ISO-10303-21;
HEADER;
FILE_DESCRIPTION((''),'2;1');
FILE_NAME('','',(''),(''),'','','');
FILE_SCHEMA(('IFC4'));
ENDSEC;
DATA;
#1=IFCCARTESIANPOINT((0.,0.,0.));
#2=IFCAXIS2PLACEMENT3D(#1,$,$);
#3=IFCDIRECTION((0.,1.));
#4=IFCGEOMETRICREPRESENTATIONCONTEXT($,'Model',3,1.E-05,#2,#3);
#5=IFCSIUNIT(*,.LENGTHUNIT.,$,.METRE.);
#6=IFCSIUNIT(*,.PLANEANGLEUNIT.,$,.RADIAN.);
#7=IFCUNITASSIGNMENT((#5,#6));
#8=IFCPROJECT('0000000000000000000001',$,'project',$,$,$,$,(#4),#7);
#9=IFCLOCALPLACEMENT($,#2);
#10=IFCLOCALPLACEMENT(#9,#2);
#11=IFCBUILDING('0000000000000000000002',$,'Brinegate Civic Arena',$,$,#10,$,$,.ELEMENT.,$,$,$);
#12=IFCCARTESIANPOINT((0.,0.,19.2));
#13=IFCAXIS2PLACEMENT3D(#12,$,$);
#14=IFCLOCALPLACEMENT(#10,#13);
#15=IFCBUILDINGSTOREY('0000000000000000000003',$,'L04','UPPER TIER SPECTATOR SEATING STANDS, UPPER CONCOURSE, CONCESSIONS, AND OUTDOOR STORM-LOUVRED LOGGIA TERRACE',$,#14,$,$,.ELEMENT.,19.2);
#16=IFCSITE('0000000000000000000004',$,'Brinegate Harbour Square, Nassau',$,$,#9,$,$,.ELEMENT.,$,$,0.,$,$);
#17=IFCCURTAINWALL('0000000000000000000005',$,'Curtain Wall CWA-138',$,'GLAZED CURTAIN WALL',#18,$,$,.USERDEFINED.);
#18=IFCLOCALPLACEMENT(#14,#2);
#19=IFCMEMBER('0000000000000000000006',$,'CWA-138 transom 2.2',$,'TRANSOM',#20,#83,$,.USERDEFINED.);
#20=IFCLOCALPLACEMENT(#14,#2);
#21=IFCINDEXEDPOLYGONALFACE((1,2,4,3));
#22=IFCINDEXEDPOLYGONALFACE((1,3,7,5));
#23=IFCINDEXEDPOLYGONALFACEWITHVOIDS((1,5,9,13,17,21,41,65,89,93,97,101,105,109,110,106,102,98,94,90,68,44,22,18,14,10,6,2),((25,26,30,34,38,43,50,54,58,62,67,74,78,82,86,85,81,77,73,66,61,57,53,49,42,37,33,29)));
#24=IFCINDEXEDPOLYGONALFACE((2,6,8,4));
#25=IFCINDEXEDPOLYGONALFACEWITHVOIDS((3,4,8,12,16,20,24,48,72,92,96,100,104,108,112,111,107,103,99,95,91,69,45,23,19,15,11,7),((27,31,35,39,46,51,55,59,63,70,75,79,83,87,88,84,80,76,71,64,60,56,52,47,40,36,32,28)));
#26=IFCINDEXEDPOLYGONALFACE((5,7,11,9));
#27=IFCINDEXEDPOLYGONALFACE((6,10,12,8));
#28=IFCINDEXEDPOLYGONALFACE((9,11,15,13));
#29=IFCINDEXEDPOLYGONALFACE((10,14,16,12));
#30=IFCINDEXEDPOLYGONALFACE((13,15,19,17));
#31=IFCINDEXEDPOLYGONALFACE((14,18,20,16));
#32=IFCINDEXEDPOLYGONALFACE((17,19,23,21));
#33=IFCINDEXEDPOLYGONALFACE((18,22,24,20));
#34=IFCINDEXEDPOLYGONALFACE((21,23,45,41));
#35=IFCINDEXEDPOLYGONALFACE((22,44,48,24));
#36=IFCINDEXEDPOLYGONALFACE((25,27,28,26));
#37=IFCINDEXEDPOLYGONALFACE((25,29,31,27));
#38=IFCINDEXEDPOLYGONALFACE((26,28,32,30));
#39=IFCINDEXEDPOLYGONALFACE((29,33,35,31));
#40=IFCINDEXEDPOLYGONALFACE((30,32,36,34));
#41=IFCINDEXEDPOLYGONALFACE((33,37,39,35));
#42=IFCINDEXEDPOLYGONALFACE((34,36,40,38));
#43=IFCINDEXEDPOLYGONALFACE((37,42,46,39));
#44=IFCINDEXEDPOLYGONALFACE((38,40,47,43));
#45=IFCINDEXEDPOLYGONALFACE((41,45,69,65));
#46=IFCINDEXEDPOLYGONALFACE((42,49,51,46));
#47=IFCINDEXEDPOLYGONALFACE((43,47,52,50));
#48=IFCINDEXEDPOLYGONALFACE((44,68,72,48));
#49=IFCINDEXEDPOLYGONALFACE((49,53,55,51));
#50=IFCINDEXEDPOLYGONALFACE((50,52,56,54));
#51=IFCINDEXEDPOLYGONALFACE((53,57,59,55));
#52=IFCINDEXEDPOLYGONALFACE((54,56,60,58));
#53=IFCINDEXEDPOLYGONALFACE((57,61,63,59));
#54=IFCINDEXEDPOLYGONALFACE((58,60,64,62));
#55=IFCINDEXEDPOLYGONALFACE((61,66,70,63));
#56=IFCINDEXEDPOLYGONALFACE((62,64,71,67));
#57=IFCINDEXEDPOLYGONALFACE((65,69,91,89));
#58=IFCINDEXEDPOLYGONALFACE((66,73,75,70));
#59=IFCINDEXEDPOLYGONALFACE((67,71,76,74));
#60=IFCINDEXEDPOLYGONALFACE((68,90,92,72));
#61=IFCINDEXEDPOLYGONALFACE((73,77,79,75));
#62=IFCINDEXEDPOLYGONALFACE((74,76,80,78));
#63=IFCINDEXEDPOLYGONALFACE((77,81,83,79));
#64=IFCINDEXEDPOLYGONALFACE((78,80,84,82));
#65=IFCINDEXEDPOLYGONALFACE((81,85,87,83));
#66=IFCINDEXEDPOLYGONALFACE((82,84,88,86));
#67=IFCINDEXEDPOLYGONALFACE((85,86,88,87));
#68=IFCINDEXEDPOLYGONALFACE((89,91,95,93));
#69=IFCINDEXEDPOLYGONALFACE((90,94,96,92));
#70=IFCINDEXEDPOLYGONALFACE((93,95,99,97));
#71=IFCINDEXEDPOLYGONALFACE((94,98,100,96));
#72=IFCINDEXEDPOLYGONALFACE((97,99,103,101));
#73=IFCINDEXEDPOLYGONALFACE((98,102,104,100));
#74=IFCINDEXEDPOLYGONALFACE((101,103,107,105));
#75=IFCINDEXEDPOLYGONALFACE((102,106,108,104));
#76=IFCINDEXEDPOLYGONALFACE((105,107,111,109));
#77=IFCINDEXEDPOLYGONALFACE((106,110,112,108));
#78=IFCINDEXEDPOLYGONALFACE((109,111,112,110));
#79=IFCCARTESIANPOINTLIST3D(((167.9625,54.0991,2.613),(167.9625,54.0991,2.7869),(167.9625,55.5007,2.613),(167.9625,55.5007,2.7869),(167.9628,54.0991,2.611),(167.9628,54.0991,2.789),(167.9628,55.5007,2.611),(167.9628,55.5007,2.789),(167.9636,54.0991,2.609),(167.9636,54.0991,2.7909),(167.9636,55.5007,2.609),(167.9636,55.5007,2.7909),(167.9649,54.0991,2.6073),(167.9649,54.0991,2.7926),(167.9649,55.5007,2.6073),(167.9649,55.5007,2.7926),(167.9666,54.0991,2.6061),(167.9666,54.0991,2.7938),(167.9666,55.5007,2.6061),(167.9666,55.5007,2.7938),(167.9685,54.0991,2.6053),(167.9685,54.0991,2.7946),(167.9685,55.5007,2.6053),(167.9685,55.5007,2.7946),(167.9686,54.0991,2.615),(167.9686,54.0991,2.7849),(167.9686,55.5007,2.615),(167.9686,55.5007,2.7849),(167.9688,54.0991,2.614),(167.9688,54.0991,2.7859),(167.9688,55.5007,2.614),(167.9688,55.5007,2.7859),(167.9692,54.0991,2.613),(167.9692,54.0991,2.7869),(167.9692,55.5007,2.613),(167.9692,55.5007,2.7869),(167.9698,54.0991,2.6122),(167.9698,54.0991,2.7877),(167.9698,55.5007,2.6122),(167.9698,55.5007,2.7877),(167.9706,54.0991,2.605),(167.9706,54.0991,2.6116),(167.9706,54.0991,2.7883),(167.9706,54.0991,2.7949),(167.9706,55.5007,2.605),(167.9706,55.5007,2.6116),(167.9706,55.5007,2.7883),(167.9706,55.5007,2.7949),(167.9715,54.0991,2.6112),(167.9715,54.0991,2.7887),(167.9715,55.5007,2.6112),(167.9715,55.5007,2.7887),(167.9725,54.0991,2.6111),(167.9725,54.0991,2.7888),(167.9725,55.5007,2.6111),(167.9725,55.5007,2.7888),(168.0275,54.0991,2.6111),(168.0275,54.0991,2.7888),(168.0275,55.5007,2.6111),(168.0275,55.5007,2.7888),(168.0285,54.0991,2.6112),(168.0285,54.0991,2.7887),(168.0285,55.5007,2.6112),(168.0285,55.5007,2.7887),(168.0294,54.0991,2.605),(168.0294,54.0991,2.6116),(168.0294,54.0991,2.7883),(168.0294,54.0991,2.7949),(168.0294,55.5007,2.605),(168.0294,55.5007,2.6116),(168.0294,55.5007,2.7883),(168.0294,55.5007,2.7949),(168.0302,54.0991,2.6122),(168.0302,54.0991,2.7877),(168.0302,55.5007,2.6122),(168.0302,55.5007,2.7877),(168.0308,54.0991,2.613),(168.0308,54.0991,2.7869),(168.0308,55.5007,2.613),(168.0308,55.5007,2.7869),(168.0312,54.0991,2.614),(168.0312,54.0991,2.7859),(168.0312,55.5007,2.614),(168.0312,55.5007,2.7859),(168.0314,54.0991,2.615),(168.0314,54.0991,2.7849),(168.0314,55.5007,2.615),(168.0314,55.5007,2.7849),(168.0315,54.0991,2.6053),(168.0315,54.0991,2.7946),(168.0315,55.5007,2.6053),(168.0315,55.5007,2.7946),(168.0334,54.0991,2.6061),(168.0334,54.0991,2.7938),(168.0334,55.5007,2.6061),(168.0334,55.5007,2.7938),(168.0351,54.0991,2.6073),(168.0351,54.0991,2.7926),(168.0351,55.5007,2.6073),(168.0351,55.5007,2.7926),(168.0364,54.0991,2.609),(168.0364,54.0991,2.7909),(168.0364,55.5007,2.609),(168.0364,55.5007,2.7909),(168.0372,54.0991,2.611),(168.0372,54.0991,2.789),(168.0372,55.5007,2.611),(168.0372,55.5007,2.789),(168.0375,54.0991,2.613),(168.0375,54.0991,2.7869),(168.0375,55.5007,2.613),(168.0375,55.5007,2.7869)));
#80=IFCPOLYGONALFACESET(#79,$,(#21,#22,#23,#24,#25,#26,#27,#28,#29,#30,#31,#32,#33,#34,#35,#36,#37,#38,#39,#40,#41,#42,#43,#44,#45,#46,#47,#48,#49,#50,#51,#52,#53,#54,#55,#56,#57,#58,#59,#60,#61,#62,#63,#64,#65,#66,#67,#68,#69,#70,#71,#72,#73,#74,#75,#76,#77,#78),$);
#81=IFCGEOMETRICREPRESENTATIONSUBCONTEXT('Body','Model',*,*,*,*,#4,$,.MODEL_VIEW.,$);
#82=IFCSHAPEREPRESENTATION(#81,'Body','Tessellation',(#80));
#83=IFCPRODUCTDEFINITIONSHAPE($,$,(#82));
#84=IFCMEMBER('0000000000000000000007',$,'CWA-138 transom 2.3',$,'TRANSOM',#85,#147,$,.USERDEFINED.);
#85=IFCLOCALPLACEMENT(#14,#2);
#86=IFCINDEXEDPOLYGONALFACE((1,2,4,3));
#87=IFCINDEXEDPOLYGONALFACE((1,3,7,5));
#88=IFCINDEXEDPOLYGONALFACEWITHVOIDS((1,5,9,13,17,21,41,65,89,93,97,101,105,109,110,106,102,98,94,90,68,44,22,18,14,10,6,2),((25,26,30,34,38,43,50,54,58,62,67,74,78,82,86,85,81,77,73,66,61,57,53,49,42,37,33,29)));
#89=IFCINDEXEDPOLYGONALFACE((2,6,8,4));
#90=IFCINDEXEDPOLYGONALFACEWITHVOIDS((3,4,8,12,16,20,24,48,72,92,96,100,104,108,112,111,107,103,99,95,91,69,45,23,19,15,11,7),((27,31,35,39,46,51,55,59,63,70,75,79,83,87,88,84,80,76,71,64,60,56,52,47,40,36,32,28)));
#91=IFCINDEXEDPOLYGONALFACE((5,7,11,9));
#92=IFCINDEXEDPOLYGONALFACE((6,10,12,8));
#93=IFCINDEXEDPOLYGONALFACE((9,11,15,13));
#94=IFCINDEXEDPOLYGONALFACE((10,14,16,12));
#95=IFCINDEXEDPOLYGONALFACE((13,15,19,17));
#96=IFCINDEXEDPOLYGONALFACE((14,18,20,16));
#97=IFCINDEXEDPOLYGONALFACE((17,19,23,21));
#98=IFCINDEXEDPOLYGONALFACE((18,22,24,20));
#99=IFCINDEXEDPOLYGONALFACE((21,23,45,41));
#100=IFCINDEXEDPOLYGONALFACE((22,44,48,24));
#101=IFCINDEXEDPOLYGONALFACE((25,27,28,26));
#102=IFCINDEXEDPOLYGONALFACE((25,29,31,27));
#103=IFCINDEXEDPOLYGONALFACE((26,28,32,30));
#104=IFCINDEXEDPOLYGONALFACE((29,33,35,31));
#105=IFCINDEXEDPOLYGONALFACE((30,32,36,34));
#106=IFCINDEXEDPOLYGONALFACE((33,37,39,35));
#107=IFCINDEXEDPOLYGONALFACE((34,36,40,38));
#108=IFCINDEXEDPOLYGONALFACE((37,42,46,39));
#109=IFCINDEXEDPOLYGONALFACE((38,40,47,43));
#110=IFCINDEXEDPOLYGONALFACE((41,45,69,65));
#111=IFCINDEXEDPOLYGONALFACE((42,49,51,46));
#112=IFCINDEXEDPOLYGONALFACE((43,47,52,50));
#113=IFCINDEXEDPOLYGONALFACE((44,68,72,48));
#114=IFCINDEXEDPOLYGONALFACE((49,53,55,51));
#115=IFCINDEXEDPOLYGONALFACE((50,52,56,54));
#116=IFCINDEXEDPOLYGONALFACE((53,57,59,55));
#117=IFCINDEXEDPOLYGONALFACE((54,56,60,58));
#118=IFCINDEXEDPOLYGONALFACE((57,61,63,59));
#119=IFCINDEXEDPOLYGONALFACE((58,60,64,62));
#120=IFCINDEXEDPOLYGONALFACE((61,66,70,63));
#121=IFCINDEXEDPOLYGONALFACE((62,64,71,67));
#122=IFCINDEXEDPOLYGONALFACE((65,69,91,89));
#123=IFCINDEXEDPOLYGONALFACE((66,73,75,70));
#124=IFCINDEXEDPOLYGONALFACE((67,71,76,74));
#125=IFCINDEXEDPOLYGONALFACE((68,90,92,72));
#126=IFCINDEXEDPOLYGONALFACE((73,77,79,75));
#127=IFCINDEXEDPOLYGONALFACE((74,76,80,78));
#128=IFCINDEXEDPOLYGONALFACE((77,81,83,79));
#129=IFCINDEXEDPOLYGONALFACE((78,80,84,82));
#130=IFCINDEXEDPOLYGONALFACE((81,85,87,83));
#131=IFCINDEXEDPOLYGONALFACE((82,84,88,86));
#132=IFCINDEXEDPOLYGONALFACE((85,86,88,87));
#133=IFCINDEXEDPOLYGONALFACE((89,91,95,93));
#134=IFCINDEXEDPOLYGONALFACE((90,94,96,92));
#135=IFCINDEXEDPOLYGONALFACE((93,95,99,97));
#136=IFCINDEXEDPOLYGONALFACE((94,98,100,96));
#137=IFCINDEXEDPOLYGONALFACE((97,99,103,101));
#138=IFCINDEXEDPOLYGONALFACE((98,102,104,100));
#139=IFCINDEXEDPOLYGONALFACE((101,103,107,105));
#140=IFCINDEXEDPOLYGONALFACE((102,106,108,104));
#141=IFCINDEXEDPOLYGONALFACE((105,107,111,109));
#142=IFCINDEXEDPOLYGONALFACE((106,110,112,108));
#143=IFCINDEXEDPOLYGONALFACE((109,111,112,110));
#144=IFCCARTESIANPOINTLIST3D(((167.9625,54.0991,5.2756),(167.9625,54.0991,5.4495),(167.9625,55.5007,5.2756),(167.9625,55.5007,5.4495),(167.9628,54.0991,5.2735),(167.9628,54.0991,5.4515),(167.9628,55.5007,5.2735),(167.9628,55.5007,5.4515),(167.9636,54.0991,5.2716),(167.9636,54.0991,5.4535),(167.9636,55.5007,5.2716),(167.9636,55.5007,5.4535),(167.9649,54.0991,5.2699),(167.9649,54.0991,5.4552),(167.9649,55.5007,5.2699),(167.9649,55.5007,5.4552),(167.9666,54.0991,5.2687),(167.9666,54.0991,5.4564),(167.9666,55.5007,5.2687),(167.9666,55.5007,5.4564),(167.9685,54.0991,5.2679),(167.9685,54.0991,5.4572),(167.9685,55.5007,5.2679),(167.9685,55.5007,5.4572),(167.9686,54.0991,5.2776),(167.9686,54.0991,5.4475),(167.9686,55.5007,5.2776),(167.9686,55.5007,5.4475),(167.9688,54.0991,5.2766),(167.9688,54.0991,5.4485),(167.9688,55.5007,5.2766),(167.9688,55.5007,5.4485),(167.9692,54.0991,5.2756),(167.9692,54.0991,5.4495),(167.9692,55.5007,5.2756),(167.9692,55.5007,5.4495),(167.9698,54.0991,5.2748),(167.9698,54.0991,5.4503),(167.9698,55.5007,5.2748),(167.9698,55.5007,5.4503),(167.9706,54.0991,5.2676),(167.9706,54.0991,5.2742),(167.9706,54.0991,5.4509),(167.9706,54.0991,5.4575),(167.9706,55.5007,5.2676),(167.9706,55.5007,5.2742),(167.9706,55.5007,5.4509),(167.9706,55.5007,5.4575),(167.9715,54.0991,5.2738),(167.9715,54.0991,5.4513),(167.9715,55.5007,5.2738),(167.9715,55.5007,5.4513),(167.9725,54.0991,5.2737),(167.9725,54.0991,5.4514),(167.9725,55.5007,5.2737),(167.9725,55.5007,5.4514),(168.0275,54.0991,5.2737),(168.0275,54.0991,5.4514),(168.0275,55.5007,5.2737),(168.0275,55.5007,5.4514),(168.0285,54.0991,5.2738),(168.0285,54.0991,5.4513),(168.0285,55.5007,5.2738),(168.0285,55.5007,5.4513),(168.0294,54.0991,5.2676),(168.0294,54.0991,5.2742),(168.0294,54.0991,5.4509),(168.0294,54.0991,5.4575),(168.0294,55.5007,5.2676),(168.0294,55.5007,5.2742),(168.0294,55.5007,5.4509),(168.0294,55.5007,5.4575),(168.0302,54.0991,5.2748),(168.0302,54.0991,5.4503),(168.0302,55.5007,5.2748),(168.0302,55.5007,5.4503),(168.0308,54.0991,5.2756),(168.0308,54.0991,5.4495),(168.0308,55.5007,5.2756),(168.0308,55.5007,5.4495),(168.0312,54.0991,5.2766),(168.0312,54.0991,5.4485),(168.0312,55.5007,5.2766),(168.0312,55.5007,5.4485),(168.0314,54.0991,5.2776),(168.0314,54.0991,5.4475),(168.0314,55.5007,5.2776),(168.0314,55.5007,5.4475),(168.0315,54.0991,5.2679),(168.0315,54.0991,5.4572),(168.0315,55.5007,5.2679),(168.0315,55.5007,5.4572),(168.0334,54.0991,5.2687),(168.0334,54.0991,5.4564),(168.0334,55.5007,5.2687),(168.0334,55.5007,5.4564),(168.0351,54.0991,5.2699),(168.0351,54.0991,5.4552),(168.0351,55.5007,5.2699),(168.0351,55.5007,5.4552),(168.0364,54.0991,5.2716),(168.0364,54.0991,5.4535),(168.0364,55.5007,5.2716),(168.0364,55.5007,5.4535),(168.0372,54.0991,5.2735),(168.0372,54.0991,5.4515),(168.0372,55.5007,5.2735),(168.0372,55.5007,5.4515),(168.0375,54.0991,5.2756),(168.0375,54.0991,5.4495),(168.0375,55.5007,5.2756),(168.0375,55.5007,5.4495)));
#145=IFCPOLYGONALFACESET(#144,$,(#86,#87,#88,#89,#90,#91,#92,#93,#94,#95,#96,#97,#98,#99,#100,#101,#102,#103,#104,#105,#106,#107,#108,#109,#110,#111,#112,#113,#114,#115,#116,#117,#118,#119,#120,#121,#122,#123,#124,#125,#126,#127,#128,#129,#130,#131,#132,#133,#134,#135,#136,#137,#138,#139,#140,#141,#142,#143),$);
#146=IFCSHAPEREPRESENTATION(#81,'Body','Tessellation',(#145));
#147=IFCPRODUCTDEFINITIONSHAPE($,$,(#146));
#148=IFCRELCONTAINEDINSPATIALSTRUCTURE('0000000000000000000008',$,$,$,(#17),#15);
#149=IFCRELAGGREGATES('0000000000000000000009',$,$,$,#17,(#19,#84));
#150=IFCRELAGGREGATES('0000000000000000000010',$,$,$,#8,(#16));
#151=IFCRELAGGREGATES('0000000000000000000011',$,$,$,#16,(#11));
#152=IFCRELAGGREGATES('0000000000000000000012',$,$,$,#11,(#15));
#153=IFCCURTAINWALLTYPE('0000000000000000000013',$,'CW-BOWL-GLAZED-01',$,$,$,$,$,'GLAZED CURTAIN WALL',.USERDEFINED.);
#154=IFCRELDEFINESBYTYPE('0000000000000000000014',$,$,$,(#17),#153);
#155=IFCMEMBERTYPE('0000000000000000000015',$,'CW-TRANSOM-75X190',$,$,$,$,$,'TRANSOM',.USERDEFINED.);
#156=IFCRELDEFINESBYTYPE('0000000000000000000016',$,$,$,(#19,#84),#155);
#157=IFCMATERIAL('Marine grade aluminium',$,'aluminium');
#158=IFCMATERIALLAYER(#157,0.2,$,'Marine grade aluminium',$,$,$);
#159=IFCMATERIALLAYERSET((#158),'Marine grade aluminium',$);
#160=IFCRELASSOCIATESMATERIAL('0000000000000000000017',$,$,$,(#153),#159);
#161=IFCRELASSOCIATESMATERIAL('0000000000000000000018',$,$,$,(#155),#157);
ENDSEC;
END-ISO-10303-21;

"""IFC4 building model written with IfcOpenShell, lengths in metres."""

from ifc_helpers import new_model, si_unit, direction, frame, origin, origin_2d, place, context, subcontext, project, spatial, hollow_rectangle, extrude, material, layer, layer_set, material_profile, profile_set, type_object, element, aggregate, save


model = new_model("IFC4")

# Units and contexts
model_context = context("Model", 3, precision=1e-05, world=origin(), true_north=direction((0.0, 1.0)))
body_context = subcontext(model_context, "Body", "Model", "MODEL_VIEW")
ifc_project = project(units=[si_unit("LENGTHUNIT", "METRE"), si_unit("PLANEANGLEUNIT", "RADIAN")], contexts=[model_context])

# Site, building, storey
site_placement = place(None, origin())
site = spatial("IfcSite", under=ifc_project, at=site_placement, Name="Brinegate Harbour Square, Nassau", CompositionType="ELEMENT", RefElevation=0.0)
building_placement = place(site_placement, origin())
building = spatial("IfcBuilding", under=site, at=building_placement, Name="Brinegate Civic Arena", CompositionType="ELEMENT")
storey_placement = place(building_placement, frame((0.0, 0.0, 19.2)))
storey = spatial("IfcBuildingStorey", under=building, at=storey_placement, Name="L04", Description="UPPER TIER SPECTATOR SEATING STANDS, UPPER CONCOURSE, CONCESSIONS, AND OUTDOOR STORM-LOUVRED LOGGIA TERRACE", CompositionType="ELEMENT", Elevation=19.2)

# Curtain wall, members
ifc_material_1 = material(Name="Marine grade aluminium", Category="aluminium")
ifc_layer_1 = layer(ifc_material_1, 0.2, Name="Marine grade aluminium")
ifc_layer_set_1 = layer_set([ifc_layer_1], Name="Marine grade aluminium")
curtain_wall_type = type_object("IfcCurtainWallType", Name="CW-BOWL-GLAZED-01", ElementType="GLAZED CURTAIN WALL", PredefinedType="USERDEFINED", material=ifc_layer_set_1)
curtain_wall_placement = place(storey_placement, origin())
curtain_wall = element("IfcCurtainWall", 1, at=curtain_wall_placement, inside=storey, type_object=curtain_wall_type, Name="Curtain Wall CWA-138", ObjectType="GLAZED CURTAIN WALL", PredefinedType="USERDEFINED")
ifc_material_profile_1 = material_profile(ifc_material_1, hollow_rectangle(XDim=0.075, YDim=0.1899, WallThickness=0.0061, InnerFilletRadius=0.0039, OuterFilletRadius=0.0081, at=origin_2d()), Name="TRN75X190")
ifc_profile_set_1 = profile_set([ifc_material_profile_1], Name="Marine grade aluminium")
member_type_1 = type_object("IfcMemberType", Name="CW-TRANSOM-75X190", ElementType="TRANSOM", PredefinedType="USERDEFINED", material=ifc_profile_set_1)
member_1_placement = place(storey_placement, frame((168.0, 54.0991, 2.7), z_axis=(0.0, 1.0, 0.0), x_axis=(-1.0, 0.0, 0.0)))
member_1 = element("IfcMember", 2, at=member_1_placement, type_object=member_type_1, Name="CWA-138 transom 2.2", ObjectType="TRANSOM", PredefinedType="USERDEFINED", context=body_context, shape_type="SweptSolid", body=[
    extrude(hollow_rectangle(XDim=0.075, YDim=0.1899, WallThickness=0.0061, InnerFilletRadius=0.0039, OuterFilletRadius=0.0081, at=origin_2d()), origin(), (0.0, 0.0, 1.0), 1.4016),
])
member_2_placement = place(storey_placement, frame((168.0, 54.0991, 5.3625), z_axis=(0.0, 1.0, 0.0), x_axis=(-1.0, 0.0, 0.0)))
member_2 = element("IfcMember", 3, at=member_2_placement, type_object=member_type_1, Name="CWA-138 transom 2.3", ObjectType="TRANSOM", PredefinedType="USERDEFINED", context=body_context, shape_type="SweptSolid", body=[
    extrude(hollow_rectangle(XDim=0.075, YDim=0.1899, WallThickness=0.0061, InnerFilletRadius=0.0039, OuterFilletRadius=0.0081, at=origin_2d()), origin(), (0.0, 0.0, 1.0), 1.4016),
])
aggregate(curtain_wall, [member_1, member_2])

save(model, "model.ifc")
